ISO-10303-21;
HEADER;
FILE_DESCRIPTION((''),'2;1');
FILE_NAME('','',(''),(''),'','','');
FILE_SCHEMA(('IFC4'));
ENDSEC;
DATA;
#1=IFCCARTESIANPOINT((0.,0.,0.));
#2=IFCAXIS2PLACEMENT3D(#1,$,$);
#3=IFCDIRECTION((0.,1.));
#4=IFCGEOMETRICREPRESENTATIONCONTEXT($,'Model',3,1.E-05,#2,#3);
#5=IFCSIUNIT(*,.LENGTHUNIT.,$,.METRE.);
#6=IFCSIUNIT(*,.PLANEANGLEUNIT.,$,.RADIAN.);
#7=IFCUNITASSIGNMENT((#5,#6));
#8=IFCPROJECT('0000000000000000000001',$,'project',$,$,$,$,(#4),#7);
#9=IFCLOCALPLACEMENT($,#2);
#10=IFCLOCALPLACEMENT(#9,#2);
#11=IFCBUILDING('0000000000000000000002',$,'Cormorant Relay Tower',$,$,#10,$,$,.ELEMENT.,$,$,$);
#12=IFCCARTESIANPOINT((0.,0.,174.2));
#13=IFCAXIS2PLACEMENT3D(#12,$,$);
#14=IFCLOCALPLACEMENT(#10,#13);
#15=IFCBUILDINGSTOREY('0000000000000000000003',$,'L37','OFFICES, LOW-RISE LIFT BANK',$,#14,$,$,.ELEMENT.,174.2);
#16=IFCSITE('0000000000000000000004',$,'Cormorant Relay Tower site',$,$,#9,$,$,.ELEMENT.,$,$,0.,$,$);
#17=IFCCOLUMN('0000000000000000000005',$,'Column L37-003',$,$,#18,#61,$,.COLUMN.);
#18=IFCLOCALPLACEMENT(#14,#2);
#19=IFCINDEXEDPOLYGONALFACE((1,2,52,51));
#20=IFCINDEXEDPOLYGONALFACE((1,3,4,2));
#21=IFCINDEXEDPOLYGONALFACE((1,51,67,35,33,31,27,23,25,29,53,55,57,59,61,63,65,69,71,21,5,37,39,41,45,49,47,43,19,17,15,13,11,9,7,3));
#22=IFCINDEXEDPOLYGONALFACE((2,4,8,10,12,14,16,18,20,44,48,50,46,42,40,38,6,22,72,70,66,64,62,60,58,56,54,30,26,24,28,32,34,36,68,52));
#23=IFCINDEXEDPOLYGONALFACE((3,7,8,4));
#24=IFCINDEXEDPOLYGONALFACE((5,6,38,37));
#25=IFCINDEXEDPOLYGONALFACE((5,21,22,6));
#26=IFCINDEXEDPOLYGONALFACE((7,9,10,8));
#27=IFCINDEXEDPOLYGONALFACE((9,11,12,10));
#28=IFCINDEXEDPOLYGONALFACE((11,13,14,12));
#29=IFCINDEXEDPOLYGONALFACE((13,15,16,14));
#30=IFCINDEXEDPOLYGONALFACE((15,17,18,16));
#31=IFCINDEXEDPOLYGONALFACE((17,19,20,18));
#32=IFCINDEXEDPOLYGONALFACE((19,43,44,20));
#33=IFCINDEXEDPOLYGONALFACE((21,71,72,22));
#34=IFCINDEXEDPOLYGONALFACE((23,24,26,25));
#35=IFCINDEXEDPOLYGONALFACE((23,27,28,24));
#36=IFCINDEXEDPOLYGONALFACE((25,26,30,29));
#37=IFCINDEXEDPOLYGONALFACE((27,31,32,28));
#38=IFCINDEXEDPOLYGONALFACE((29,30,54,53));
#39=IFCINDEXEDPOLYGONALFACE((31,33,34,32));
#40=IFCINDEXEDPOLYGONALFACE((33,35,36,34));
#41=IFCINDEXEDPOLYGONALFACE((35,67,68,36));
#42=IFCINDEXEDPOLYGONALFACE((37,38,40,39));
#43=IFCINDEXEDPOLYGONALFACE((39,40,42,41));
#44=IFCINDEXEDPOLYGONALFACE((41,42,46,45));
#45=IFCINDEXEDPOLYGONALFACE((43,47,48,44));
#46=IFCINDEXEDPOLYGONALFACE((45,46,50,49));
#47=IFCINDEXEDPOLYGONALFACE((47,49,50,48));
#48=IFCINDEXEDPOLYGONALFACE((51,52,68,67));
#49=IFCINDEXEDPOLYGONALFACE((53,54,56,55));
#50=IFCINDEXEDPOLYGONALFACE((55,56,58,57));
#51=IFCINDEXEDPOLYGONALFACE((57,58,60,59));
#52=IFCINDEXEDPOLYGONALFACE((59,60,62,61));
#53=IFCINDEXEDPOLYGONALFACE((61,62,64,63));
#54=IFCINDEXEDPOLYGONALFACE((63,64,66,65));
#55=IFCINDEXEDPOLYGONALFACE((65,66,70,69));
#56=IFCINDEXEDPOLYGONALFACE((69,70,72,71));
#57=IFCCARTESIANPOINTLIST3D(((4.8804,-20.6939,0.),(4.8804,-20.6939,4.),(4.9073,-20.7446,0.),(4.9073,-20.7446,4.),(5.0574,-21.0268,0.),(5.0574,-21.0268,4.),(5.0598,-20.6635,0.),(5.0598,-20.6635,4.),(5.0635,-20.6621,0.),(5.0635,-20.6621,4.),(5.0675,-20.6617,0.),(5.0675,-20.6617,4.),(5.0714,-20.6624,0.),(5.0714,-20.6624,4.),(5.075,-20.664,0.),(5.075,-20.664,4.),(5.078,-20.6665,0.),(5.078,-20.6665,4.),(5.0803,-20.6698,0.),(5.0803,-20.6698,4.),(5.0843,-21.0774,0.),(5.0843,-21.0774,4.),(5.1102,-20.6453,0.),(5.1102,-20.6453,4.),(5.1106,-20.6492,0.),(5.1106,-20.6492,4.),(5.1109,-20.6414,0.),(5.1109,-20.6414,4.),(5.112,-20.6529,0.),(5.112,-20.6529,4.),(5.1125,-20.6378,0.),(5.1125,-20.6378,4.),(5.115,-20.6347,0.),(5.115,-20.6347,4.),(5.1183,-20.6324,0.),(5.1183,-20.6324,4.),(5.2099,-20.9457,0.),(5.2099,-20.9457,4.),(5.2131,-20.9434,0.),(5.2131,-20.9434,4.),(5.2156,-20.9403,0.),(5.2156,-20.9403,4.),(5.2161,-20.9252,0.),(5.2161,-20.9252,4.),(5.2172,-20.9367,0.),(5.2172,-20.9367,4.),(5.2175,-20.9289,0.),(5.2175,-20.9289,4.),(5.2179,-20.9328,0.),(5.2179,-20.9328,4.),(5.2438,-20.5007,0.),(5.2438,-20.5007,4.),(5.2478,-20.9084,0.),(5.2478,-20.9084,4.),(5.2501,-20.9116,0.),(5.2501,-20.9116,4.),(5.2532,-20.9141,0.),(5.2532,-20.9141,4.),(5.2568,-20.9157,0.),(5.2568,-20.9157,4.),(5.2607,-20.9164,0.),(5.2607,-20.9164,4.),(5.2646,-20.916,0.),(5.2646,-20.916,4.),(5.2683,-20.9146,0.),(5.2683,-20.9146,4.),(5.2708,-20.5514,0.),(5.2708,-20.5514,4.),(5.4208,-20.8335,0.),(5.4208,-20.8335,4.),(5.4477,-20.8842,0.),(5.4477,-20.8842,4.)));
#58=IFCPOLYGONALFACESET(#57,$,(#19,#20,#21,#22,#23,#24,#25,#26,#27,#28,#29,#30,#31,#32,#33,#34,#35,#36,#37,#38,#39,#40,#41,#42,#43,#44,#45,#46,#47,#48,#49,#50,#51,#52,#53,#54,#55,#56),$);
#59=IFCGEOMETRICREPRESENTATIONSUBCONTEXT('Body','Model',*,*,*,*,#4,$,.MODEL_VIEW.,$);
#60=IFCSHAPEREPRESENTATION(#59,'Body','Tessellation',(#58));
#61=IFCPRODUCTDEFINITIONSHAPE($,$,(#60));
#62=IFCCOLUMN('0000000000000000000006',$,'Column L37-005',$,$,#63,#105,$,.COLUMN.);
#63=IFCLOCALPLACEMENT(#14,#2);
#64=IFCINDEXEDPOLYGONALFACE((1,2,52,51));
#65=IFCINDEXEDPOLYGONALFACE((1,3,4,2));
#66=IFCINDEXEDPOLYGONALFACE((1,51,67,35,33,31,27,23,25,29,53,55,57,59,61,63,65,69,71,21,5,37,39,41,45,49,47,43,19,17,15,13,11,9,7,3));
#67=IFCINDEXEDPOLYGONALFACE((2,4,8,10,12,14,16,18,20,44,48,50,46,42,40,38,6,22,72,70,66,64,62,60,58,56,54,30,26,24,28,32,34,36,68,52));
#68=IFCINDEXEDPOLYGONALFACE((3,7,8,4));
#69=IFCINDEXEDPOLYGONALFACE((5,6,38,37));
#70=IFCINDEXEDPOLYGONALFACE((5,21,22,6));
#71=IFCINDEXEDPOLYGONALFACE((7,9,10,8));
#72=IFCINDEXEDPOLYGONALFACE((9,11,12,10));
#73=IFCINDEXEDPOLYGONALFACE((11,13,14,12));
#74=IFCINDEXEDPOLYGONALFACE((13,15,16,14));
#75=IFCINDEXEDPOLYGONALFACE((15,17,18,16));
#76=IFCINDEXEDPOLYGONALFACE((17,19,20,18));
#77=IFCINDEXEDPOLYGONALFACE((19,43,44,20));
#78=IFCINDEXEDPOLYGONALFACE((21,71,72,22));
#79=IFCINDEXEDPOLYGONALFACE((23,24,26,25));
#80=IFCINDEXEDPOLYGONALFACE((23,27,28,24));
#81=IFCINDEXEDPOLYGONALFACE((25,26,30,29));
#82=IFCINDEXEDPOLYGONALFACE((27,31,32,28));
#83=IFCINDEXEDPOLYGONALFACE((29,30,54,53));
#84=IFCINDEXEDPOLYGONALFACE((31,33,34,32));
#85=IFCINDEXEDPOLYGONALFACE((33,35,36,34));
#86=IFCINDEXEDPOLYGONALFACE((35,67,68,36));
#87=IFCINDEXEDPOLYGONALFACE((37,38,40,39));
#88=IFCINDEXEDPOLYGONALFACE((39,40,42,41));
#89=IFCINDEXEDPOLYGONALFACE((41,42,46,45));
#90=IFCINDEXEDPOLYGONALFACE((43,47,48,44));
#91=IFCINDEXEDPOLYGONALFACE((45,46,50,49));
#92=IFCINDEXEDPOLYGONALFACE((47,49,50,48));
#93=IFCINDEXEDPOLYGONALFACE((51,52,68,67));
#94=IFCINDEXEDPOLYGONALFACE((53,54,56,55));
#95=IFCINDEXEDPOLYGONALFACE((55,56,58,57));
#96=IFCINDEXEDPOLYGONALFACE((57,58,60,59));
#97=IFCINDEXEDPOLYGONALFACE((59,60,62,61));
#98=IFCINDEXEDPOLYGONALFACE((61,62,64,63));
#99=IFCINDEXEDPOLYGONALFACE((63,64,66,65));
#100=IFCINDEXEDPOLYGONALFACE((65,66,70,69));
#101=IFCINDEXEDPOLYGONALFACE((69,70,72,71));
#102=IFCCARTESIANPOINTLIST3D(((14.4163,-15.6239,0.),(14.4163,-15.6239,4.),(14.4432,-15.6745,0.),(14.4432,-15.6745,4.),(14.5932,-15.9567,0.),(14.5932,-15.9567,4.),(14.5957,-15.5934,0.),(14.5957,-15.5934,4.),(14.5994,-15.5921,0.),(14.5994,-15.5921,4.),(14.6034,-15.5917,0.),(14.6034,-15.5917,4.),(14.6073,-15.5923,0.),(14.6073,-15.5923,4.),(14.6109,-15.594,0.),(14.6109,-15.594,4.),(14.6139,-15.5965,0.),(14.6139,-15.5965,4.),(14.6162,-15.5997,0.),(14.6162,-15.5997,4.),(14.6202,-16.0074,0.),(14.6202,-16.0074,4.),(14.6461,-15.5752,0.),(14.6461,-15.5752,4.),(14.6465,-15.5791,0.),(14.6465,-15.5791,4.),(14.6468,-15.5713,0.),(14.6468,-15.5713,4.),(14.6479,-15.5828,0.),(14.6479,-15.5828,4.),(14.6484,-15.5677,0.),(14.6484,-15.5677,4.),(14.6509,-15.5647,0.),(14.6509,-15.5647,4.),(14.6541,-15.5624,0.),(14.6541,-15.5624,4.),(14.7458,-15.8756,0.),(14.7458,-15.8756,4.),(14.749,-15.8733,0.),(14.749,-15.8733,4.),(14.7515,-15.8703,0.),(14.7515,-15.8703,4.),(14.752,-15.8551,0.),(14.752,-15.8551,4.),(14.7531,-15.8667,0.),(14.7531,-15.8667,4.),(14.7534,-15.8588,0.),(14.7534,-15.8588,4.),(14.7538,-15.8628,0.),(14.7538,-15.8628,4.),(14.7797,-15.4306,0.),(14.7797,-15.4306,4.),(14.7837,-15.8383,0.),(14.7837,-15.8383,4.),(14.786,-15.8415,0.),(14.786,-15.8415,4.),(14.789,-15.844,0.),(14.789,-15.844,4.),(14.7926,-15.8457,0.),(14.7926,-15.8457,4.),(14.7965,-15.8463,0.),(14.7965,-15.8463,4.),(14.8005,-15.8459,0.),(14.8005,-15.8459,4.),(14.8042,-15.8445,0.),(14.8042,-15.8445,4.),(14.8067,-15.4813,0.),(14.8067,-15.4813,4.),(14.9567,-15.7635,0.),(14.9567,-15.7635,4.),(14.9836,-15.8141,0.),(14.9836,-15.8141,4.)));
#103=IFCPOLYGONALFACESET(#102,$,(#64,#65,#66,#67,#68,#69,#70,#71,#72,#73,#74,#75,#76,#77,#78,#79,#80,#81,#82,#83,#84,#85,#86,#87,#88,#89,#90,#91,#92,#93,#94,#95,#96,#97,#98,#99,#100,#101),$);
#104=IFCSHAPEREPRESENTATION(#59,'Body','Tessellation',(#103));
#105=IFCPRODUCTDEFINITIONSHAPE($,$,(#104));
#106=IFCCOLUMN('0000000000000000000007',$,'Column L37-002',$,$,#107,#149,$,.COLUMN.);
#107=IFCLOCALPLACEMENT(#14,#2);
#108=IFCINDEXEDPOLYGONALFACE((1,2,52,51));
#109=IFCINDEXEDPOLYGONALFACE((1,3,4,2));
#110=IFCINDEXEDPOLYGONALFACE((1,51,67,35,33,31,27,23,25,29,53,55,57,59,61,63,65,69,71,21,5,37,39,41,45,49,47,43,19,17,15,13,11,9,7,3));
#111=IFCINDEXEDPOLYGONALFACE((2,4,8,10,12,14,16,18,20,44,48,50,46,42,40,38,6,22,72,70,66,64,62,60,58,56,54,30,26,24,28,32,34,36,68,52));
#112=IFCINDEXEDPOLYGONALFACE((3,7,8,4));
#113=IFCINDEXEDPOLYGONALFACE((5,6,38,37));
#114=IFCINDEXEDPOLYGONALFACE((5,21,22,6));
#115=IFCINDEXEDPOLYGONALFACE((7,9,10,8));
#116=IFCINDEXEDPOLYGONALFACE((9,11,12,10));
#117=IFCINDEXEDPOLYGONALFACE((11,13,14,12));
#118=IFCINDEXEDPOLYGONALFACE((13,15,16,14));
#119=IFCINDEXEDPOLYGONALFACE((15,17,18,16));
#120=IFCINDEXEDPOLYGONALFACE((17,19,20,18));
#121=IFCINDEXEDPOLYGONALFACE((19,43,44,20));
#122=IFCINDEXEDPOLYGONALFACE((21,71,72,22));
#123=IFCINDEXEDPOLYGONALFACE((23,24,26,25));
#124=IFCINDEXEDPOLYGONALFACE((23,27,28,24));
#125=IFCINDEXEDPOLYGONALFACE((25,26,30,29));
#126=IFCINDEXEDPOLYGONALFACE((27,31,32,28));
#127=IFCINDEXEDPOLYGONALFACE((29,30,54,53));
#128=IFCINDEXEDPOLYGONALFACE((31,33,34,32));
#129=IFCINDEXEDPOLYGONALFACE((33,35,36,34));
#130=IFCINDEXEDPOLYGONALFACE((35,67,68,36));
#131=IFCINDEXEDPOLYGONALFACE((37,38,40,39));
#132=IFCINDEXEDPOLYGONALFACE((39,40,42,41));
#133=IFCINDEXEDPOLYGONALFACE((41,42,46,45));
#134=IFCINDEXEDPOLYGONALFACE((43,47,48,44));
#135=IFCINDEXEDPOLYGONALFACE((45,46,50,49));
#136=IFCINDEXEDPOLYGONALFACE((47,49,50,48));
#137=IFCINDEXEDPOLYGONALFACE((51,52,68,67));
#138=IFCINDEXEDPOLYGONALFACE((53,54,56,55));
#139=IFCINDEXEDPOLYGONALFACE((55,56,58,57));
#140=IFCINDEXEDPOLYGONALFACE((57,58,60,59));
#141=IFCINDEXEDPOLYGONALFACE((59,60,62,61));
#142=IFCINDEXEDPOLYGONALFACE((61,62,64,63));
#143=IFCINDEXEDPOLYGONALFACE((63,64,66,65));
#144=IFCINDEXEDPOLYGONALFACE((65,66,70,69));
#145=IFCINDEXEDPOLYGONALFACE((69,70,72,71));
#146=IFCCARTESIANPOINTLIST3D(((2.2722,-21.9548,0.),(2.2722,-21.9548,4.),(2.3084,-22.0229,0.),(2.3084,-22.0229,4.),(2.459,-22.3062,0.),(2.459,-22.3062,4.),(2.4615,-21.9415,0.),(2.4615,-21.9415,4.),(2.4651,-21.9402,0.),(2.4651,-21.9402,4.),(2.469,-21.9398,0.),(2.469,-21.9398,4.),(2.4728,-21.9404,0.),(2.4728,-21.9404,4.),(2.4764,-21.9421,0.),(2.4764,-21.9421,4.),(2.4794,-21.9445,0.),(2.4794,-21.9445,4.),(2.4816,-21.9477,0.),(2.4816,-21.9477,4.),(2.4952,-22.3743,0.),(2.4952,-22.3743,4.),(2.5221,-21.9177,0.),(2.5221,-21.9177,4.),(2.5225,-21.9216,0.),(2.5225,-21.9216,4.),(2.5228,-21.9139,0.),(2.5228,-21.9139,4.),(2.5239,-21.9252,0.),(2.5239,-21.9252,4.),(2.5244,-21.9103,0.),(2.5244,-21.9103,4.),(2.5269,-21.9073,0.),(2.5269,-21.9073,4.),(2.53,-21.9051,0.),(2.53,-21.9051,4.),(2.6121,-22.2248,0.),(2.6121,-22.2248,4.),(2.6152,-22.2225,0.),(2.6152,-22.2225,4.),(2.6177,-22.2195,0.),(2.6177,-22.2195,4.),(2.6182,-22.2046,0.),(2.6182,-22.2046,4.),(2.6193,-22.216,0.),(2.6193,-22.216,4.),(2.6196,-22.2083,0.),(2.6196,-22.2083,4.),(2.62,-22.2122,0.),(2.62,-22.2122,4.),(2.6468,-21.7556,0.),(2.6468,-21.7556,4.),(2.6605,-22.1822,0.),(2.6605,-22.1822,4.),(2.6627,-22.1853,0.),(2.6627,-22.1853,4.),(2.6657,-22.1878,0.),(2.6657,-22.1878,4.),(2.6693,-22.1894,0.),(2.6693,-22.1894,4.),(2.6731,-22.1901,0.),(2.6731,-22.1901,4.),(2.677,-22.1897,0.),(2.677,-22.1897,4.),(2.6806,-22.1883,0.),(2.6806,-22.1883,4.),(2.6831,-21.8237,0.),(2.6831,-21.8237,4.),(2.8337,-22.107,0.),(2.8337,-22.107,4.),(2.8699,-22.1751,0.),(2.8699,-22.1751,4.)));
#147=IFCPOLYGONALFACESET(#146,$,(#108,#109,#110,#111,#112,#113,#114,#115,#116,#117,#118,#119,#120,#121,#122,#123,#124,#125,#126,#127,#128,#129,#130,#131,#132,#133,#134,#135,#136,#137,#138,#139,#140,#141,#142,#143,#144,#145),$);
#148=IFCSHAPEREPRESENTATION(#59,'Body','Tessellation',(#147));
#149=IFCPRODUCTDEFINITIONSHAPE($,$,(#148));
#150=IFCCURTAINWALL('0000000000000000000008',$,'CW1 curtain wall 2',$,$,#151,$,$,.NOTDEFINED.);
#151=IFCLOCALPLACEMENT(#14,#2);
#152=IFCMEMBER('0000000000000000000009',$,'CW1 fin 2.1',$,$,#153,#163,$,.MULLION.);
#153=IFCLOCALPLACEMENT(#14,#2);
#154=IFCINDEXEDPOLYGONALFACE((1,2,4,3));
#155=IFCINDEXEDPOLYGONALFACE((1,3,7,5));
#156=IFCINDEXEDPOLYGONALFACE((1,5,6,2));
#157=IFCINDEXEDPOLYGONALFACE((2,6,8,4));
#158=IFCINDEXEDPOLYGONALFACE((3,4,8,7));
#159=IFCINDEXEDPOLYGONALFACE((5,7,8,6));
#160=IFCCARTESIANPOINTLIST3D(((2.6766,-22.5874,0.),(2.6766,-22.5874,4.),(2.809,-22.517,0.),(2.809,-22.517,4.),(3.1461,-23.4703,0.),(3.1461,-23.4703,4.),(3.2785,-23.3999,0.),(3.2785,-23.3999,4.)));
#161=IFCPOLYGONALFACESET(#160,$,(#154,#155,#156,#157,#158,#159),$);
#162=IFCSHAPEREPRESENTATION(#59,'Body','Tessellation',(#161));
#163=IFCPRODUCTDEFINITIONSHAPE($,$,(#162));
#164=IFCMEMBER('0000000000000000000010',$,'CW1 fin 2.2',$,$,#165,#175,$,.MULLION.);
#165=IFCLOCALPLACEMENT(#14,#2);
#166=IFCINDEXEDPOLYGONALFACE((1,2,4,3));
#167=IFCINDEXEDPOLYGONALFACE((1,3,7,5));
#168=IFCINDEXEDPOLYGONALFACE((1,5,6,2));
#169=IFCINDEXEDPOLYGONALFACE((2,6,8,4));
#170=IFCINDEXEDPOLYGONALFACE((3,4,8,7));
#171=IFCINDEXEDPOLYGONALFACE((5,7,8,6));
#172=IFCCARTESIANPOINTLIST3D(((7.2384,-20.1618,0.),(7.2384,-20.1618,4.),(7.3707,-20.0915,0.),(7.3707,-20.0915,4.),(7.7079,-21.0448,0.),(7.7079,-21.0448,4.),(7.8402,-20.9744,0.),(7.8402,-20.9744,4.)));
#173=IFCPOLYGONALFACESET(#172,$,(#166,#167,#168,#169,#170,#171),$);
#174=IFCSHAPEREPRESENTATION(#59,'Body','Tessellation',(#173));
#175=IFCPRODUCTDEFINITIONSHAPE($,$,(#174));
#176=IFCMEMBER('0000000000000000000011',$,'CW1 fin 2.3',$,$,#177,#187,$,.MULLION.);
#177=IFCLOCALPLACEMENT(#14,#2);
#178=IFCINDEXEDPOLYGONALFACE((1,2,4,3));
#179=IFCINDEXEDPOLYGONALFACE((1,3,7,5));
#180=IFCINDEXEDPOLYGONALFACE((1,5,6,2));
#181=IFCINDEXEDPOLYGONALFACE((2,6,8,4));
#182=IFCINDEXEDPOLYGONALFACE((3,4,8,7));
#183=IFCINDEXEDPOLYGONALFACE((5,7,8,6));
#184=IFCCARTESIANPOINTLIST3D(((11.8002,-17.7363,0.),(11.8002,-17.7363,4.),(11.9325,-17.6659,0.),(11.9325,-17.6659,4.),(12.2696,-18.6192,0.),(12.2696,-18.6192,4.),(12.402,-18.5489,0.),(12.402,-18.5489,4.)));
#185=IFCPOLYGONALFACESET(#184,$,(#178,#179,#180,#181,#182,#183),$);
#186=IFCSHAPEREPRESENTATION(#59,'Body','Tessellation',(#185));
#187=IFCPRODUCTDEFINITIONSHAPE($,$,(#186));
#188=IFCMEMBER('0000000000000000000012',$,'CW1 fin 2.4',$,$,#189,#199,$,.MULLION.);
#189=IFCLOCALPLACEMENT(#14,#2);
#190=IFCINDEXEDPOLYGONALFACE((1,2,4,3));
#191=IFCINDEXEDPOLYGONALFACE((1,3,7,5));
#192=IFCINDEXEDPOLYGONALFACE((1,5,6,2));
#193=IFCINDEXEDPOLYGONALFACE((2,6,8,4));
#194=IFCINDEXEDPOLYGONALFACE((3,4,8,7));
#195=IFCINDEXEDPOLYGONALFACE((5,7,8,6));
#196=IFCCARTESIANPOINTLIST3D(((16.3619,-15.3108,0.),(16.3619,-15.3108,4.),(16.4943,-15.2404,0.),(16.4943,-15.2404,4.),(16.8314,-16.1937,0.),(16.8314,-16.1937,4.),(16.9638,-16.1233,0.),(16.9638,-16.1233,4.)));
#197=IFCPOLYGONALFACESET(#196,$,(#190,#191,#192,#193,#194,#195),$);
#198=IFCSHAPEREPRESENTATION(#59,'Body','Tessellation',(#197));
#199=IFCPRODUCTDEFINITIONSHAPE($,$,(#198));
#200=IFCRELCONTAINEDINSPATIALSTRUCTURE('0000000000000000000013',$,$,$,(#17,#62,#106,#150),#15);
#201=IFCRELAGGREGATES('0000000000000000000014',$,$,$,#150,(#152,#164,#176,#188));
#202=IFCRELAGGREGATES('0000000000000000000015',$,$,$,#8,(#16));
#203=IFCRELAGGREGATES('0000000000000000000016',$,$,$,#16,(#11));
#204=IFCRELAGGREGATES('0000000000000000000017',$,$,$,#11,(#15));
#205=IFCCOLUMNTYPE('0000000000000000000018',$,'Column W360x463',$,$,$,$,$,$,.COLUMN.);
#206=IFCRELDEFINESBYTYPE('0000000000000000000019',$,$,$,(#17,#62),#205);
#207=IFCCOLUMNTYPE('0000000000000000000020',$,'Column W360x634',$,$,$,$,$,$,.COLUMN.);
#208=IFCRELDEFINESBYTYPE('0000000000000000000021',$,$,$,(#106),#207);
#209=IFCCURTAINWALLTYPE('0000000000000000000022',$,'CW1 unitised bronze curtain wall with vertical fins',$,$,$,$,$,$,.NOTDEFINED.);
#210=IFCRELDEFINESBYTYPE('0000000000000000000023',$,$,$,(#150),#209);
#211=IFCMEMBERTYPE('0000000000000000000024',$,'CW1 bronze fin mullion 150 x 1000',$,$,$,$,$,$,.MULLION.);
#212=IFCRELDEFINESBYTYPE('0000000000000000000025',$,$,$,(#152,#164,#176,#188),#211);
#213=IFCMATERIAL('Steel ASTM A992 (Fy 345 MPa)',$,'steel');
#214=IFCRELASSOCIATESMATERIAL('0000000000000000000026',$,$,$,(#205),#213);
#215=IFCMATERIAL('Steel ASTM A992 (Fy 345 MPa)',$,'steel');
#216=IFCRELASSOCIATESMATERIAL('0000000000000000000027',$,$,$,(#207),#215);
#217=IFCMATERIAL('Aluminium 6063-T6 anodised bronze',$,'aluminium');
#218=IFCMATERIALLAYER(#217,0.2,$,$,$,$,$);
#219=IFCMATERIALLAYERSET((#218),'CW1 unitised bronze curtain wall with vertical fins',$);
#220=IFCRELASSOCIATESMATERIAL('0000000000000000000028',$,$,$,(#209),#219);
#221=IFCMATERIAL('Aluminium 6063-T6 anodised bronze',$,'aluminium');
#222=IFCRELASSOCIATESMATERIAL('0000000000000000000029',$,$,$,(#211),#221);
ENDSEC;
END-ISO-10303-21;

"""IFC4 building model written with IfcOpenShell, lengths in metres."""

from ifc_helpers import new_model, si_unit, direction, frame, origin, origin_2d, place, context, subcontext, project, spatial, rectangle, i_section, extrude, material, layer, layer_set, material_profile, profile_set, type_object, element, aggregate, save


model = new_model("IFC4")

# Units and contexts
model_context = context("Model", 3, precision=1e-05, world=origin(), true_north=direction((0.0, 1.0)))
body_context = subcontext(model_context, "Body", "Model", "MODEL_VIEW")
ifc_project = project(units=[si_unit("LENGTHUNIT", "METRE"), si_unit("PLANEANGLEUNIT", "RADIAN")], contexts=[model_context])

# Site, building, storey
site_placement = place(None, origin())
site = spatial("IfcSite", under=ifc_project, at=site_placement, Name="Cormorant Relay Tower site", CompositionType="ELEMENT", RefElevation=0.0)
building_placement = place(site_placement, origin())
building = spatial("IfcBuilding", under=site, at=building_placement, Name="Cormorant Relay Tower", CompositionType="ELEMENT")
storey_placement = place(building_placement, frame((0.0, 0.0, 174.2)))
storey = spatial("IfcBuildingStorey", under=building, at=storey_placement, Name="L37", Description="OFFICES, LOW-RISE LIFT BANK", CompositionType="ELEMENT", Elevation=174.2)

# Columns
ifc_material_1 = material(Name="Steel ASTM A992 (Fy 345 MPa)", Category="steel")
ifc_material_profile_1 = material_profile(ifc_material_1, i_section(OverallWidth=0.4116, OverallDepth=0.4343, WebThickness=0.0359, FlangeThickness=0.0574, FilletRadius=0.0151, at=origin_2d()), Name="W360x463")
ifc_profile_set_1 = profile_set([ifc_material_profile_1], Name="Steel ASTM A992 (Fy 345 MPa)")
column_type_1 = type_object("IfcColumnType", Name="Column W360x463", PredefinedType="COLUMN", material=ifc_profile_set_1)
for number, where, z_axis, x_axis, name in (
    (1, (5.1641, -20.7891, 0.0), (0.0, 0.0, 1.0), (0.882948, 0.469472, 0.0), "Column L37-003"),
    (2, (14.7, -15.719, 0.0), (0.0, 0.0, 1.0), (0.882948, 0.469472, 0.0), "Column L37-005"),
):
    element("IfcColumn", number, at=place(storey_placement, frame(where, z_axis=z_axis, x_axis=x_axis)), inside=storey, type_object=column_type_1, Name=name, PredefinedType="COLUMN", context=body_context, shape_type="SweptSolid", body=[
        extrude(i_section(OverallWidth=0.4116, OverallDepth=0.4343, WebThickness=0.0359, FlangeThickness=0.0574, FilletRadius=0.0151, at=origin_2d()), origin(), (0.0, 0.0, 1.0), 4.0),
    ])
ifc_material_2 = material(Name="Steel ASTM A992 (Fy 345 MPa)", Category="steel")
ifc_material_profile_2 = material_profile(ifc_material_2, i_section(OverallWidth=0.4243, OverallDepth=0.4751, WebThickness=0.0479, FlangeThickness=0.0771, FilletRadius=0.0149, at=origin_2d()), Name="W360x634")
ifc_profile_set_2 = profile_set([ifc_material_profile_2], Name="Steel ASTM A992 (Fy 345 MPa)")
column_type_2 = type_object("IfcColumnType", Name="Column W360x634", PredefinedType="COLUMN", material=ifc_profile_set_2)
column_placement = place(storey_placement, frame((2.571, -22.0649, 0.0), z_axis=(0.0, 0.0, 1.0), x_axis=(0.882948, 0.469472, 0.0)))
element("IfcColumn", 3, at=column_placement, inside=storey, type_object=column_type_2, Name="Column L37-002", PredefinedType="COLUMN", context=body_context, shape_type="SweptSolid", body=[
    extrude(i_section(OverallWidth=0.4243, OverallDepth=0.4751, WebThickness=0.0479, FlangeThickness=0.0771, FilletRadius=0.0149, at=origin_2d()), origin(), (0.0, 0.0, 1.0), 4.0),
])

# Curtain wall, members
ifc_material_3 = material(Name="Aluminium 6063-T6 anodised bronze", Category="aluminium")
ifc_layer_1 = layer(ifc_material_3, 0.2)
ifc_layer_set_1 = layer_set([ifc_layer_1], Name="CW1 unitised bronze curtain wall with vertical fins")
curtain_wall_type = type_object("IfcCurtainWallType", Name="CW1 unitised bronze curtain wall with vertical fins", PredefinedType="NOTDEFINED", material=ifc_layer_set_1)
curtain_wall_1_placement = place(storey_placement, origin())
curtain_wall_1 = element("IfcCurtainWall", 4, at=curtain_wall_1_placement, inside=storey, type_object=curtain_wall_type, Name="CW1 curtain wall 2", PredefinedType="NOTDEFINED")
ifc_material_4 = material(Name="Aluminium 6063-T6 anodised bronze", Category="aluminium")
ifc_material_profile_3 = material_profile(ifc_material_4, rectangle(XDim=0.1499, YDim=1.0, at=origin_2d()), Name="AL 150x1000")
ifc_profile_set_3 = profile_set([ifc_material_profile_3], Name="Aluminium 6063-T6 anodised bronze")
member_type_1 = type_object("IfcMemberType", Name="CW1 bronze fin mullion 150 x 1000", PredefinedType="MULLION", material=ifc_profile_set_3)
member_1_placement = place(storey_placement, frame((2.9775, -22.9937, 0.0), z_axis=(0.0, 0.0, 1.0), x_axis=(0.882948, 0.469472, 0.0)))
member_1 = element("IfcMember", 5, at=member_1_placement, type_object=member_type_1, Name="CW1 fin 2.1", PredefinedType="MULLION", context=body_context, shape_type="SweptSolid", body=[
    extrude(rectangle(XDim=0.1499, YDim=1.0, at=origin_2d()), origin(), (0.0, 0.0, 1.0), 4.0),
])
member_2_placement = place(storey_placement, frame((7.5393, -20.5681, 0.0), z_axis=(0.0, 0.0, 1.0), x_axis=(0.882948, 0.469472, 0.0)))
member_2 = element("IfcMember", 6, at=member_2_placement, type_object=member_type_1, Name="CW1 fin 2.2", PredefinedType="MULLION", context=body_context, shape_type="SweptSolid", body=[
    extrude(rectangle(XDim=0.1499, YDim=1.0, at=origin_2d()), origin(), (0.0, 0.0, 1.0), 4.0),
])
member_3_placement = place(storey_placement, frame((12.1011, -18.1426, 0.0), z_axis=(0.0, 0.0, 1.0), x_axis=(0.882948, 0.469472, 0.0)))
member_3 = element("IfcMember", 7, at=member_3_placement, type_object=member_type_1, Name="CW1 fin 2.3", PredefinedType="MULLION", context=body_context, shape_type="SweptSolid", body=[
    extrude(rectangle(XDim=0.1499, YDim=1.0, at=origin_2d()), origin(), (0.0, 0.0, 1.0), 4.0),
])
member_4_placement = place(storey_placement, frame((16.6628, -15.717, 0.0), z_axis=(0.0, 0.0, 1.0), x_axis=(0.882948, 0.469472, 0.0)))
member_4 = element("IfcMember", 8, at=member_4_placement, type_object=member_type_1, Name="CW1 fin 2.4", PredefinedType="MULLION", context=body_context, shape_type="SweptSolid", body=[
    extrude(rectangle(XDim=0.1499, YDim=1.0, at=origin_2d()), origin(), (0.0, 0.0, 1.0), 4.0),
])

aggregate(curtain_wall_1, [member_1, member_2, member_3, member_4])

save(model, "model.ifc")
